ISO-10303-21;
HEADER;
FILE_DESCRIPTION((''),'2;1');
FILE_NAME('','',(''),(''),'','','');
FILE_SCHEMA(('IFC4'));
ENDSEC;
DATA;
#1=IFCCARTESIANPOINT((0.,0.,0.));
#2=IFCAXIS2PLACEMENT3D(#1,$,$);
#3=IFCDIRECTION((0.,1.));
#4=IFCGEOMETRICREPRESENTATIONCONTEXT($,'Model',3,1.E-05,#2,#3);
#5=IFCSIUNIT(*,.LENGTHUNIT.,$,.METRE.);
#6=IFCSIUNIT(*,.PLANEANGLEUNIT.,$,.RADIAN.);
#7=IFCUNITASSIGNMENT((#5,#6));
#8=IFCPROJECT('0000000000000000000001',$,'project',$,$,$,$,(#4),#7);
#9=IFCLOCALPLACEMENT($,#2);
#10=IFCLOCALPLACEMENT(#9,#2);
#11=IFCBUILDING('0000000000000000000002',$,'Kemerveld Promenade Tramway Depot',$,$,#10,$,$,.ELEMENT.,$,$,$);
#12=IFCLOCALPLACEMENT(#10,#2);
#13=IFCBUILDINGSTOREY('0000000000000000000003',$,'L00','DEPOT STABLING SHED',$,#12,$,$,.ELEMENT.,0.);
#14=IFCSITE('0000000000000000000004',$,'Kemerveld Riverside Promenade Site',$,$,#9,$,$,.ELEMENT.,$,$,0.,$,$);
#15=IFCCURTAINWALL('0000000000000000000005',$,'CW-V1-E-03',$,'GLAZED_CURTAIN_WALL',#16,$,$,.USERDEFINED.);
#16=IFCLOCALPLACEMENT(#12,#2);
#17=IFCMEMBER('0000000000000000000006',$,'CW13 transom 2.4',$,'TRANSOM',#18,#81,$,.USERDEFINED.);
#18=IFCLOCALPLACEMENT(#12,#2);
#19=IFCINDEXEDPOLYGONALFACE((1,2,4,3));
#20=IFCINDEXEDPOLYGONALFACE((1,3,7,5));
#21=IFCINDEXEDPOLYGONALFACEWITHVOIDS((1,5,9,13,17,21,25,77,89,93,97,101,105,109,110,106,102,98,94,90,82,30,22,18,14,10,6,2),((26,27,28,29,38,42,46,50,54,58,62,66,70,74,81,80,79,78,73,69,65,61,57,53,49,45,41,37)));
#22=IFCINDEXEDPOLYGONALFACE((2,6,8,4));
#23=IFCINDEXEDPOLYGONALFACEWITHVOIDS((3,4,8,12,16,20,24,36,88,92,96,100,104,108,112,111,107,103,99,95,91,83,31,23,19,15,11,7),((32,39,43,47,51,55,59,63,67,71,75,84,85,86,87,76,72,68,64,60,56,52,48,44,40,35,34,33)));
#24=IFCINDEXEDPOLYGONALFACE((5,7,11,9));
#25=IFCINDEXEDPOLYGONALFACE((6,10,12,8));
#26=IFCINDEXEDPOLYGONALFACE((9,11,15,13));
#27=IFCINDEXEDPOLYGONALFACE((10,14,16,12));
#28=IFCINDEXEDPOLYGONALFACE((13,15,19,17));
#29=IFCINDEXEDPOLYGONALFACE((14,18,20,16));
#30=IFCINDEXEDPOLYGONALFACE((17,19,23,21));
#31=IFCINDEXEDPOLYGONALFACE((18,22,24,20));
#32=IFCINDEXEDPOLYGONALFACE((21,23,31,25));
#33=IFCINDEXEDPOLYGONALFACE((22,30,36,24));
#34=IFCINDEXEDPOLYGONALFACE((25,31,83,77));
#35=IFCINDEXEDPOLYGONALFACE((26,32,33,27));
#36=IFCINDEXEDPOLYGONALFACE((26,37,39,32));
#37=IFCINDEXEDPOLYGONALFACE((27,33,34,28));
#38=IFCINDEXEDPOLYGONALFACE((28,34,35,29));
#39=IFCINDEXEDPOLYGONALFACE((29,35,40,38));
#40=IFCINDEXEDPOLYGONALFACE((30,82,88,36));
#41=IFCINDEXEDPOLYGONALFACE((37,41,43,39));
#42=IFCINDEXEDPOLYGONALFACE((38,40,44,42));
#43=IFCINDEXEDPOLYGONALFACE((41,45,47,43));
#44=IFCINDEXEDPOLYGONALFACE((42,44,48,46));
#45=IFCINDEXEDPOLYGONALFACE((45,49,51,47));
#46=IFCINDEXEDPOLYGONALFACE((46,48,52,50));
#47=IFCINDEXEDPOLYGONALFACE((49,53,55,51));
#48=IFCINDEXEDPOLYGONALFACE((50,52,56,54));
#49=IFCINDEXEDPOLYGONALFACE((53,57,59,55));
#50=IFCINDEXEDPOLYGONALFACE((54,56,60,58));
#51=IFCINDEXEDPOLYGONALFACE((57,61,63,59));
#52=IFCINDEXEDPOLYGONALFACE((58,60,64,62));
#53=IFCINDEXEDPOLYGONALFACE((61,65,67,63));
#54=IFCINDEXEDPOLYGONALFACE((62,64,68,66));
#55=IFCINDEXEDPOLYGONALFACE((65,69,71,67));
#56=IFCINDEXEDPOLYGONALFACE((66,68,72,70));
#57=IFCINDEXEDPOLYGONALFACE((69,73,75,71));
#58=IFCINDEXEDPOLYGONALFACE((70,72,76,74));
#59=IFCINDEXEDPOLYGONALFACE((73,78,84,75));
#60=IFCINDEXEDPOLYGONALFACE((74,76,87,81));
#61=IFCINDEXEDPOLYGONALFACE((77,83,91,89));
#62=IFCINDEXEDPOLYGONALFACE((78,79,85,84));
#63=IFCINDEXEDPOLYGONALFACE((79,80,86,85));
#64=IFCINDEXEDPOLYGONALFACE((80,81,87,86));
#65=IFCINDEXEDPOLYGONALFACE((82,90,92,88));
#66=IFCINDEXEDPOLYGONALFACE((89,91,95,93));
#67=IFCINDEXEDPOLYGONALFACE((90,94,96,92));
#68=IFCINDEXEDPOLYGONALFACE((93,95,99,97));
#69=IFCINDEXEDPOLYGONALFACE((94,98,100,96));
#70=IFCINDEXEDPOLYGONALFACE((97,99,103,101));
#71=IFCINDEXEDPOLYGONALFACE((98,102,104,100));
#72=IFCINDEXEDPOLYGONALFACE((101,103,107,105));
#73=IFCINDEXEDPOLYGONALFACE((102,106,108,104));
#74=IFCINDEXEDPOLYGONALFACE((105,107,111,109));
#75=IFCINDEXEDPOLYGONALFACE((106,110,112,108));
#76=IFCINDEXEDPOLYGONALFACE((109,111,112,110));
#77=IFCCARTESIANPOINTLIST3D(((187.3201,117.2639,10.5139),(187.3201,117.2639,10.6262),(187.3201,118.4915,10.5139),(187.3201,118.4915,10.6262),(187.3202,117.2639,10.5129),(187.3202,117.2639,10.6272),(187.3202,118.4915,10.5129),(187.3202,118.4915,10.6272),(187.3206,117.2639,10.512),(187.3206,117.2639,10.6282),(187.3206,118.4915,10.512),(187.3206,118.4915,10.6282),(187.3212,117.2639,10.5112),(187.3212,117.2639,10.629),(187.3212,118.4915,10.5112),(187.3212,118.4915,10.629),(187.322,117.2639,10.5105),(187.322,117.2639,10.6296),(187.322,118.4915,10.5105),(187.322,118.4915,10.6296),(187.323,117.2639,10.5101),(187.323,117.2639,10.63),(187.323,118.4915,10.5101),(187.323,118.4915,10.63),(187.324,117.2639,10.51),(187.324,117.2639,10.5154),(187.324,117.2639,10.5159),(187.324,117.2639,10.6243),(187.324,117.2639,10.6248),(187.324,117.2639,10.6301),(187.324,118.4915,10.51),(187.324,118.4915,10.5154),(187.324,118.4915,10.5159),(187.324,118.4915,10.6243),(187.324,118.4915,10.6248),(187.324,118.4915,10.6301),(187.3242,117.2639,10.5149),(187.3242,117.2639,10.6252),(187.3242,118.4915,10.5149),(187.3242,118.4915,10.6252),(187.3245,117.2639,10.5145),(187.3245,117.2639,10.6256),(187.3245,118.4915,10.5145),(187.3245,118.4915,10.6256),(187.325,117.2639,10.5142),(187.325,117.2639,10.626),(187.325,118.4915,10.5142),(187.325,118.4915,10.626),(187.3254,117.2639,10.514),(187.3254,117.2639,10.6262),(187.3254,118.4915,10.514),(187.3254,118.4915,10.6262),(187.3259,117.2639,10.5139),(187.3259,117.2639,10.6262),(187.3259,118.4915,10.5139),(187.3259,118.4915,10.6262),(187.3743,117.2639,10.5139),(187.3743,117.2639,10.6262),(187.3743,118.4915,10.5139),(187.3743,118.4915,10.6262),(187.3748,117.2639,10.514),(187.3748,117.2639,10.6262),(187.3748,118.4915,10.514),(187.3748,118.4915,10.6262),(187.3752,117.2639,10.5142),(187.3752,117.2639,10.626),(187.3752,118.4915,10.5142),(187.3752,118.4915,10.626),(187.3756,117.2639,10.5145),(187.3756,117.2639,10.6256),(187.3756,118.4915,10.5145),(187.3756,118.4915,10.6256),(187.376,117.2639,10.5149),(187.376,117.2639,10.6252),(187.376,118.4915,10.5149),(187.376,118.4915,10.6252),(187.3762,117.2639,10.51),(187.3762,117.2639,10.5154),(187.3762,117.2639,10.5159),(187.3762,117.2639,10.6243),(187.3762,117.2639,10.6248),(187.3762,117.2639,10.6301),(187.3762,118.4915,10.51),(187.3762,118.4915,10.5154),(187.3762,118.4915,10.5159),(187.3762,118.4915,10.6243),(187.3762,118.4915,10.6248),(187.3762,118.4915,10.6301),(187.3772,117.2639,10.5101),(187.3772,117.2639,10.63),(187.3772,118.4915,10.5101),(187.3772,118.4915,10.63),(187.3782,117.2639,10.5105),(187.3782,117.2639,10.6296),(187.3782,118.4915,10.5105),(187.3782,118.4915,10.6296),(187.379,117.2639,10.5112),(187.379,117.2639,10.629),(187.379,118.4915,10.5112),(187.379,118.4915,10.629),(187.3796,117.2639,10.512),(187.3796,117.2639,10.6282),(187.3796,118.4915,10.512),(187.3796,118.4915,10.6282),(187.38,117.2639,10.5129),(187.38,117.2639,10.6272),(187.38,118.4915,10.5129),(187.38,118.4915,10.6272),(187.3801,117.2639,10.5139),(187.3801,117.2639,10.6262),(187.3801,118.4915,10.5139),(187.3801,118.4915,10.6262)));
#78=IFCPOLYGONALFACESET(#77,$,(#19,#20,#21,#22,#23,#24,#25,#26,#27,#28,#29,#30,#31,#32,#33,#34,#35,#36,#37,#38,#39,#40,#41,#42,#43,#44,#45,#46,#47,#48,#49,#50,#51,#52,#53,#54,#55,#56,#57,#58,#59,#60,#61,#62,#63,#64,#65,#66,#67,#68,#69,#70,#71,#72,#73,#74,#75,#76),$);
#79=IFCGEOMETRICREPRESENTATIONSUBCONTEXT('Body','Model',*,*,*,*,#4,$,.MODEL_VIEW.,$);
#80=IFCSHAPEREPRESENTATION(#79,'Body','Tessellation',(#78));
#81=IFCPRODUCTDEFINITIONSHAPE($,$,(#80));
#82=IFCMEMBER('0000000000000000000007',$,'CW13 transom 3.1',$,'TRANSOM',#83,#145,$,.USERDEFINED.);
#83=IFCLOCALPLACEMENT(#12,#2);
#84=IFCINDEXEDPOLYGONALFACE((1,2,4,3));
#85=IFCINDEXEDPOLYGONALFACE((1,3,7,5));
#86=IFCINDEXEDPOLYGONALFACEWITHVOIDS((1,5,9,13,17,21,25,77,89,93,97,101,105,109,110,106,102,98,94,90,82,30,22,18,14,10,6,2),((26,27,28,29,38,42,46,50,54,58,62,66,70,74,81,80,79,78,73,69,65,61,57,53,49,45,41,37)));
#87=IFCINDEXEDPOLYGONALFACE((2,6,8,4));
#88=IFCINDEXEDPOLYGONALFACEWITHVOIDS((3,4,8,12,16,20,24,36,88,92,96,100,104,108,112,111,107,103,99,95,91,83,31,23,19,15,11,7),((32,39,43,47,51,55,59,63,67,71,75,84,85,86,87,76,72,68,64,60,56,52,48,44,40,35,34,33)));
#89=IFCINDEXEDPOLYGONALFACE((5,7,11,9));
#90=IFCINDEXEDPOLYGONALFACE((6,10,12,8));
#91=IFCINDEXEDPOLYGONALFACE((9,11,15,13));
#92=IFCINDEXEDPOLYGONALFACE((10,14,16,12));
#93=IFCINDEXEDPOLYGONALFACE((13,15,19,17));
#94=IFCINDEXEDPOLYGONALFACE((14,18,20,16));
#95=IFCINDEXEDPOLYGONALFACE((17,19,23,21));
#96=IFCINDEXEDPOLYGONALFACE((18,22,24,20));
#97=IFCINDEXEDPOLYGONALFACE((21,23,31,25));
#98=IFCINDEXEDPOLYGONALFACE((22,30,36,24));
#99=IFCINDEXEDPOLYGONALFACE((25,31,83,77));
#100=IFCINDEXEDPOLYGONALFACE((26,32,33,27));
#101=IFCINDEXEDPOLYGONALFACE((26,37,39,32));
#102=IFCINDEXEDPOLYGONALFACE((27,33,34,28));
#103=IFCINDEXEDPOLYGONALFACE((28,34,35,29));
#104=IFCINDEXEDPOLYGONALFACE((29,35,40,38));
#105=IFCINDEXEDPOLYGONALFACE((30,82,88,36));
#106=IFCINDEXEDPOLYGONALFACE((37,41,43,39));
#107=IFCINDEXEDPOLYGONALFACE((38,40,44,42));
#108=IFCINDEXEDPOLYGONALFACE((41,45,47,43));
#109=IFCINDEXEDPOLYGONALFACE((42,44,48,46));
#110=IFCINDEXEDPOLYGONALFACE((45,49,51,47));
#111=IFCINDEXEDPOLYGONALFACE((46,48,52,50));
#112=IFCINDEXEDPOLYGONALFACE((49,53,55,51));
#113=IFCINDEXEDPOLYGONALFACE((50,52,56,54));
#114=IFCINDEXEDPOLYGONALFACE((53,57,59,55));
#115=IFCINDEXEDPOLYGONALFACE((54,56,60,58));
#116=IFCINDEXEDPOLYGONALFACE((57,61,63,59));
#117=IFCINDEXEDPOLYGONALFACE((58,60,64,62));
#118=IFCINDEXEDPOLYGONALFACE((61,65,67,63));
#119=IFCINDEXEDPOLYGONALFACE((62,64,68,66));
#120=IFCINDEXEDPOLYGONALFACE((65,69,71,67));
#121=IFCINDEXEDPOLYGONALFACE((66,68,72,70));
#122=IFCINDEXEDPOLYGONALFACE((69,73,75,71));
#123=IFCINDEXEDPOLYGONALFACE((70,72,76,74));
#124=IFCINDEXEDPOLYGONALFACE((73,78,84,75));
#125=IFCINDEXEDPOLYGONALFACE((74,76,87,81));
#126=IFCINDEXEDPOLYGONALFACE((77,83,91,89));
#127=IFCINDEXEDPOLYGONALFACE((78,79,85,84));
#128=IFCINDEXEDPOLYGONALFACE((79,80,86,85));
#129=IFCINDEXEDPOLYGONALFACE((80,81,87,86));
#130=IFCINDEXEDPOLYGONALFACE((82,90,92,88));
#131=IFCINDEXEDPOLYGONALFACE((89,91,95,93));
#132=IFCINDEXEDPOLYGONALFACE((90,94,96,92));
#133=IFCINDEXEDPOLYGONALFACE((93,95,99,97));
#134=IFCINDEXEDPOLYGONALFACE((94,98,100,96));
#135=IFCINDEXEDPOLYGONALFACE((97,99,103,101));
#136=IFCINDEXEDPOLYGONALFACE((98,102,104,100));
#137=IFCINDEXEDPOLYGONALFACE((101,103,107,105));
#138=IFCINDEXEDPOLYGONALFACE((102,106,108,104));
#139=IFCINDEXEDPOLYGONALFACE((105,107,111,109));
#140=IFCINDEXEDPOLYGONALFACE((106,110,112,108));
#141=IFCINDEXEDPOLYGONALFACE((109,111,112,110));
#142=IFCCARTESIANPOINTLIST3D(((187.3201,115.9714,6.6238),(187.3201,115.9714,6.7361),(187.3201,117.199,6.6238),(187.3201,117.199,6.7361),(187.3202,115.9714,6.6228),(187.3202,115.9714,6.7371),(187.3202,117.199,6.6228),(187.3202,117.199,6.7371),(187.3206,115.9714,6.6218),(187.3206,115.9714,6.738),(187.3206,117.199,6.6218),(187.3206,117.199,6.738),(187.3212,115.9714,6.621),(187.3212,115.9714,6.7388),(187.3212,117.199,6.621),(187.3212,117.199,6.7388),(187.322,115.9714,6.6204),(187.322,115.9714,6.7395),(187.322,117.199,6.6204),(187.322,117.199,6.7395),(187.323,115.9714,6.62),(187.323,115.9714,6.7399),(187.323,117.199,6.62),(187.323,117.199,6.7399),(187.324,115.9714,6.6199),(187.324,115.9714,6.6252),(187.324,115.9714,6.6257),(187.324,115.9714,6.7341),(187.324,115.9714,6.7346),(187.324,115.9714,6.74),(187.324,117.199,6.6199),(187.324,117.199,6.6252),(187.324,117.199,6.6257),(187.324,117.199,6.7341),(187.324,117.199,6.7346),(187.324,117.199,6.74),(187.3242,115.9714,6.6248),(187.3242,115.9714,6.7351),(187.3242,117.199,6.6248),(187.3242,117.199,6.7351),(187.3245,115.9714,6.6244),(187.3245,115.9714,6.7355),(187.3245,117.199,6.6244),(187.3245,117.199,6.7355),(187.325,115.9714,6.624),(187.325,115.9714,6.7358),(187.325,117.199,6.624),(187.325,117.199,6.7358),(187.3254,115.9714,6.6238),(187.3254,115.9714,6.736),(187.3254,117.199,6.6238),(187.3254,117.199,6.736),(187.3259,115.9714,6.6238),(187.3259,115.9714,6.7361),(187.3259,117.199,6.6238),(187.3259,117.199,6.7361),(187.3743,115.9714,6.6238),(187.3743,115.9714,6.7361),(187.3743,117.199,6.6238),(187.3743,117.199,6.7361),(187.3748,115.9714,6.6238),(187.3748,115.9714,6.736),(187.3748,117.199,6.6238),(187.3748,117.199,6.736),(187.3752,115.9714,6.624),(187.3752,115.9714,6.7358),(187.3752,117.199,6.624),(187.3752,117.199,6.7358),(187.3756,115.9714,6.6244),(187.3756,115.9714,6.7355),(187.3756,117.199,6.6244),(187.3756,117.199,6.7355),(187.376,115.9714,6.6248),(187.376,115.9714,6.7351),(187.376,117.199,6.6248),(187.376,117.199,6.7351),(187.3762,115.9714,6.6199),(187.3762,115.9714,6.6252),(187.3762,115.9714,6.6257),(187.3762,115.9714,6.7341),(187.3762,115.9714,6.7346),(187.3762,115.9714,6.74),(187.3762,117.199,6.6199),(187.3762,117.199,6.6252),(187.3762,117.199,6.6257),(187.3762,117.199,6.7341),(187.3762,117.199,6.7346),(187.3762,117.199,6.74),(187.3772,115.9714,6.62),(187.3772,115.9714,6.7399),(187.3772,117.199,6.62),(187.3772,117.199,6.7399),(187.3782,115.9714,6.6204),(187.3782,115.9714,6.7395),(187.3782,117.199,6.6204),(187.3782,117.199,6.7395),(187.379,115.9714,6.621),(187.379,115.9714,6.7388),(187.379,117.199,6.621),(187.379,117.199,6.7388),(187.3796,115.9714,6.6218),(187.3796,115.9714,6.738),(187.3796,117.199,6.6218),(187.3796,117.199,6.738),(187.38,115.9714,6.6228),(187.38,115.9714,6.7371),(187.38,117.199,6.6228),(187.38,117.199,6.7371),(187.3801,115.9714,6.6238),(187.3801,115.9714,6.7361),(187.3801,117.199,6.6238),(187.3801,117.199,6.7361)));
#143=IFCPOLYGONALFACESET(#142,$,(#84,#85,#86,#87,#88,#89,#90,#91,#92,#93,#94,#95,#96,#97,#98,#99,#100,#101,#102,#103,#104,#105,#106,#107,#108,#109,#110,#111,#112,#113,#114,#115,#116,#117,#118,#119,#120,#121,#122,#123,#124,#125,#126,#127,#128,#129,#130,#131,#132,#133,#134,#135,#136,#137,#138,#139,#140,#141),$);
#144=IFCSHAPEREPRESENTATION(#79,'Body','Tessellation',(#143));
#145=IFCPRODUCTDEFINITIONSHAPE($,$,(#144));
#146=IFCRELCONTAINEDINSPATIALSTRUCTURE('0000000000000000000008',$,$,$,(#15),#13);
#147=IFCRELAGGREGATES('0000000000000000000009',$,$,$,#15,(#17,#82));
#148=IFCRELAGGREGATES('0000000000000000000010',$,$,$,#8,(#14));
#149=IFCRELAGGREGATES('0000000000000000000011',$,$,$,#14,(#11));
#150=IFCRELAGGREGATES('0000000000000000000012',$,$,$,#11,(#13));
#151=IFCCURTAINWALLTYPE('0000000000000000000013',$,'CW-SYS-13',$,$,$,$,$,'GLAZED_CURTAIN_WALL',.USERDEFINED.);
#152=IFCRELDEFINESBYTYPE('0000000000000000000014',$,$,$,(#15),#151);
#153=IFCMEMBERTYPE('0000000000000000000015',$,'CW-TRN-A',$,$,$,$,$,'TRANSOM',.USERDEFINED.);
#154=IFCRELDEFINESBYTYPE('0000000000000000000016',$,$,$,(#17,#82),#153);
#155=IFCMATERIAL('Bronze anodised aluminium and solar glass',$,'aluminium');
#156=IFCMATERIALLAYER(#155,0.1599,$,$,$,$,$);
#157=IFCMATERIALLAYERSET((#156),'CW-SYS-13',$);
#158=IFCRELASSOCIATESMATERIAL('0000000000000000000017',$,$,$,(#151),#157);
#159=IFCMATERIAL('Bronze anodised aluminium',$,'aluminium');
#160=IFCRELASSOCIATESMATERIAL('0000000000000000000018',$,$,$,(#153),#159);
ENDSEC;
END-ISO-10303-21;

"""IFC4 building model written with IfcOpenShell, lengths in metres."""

from ifc_helpers import new_model, si_unit, direction, frame, origin, origin_2d, place, context, subcontext, project, spatial, hollow_rectangle, extrude, material, layer, layer_set, material_profile, profile_set, type_object, element, aggregate, save


model = new_model("IFC4")

# Units and contexts
model_context = context("Model", 3, precision=1e-05, world=origin(), true_north=direction((0.0, 1.0)))
body_context = subcontext(model_context, "Body", "Model", "MODEL_VIEW")
ifc_project = project(units=[si_unit("LENGTHUNIT", "METRE"), si_unit("PLANEANGLEUNIT", "RADIAN")], contexts=[model_context])

# Site, building, storey
site_placement = place(None, origin())
site = spatial("IfcSite", under=ifc_project, at=site_placement, Name="Kemerveld Riverside Promenade Site", CompositionType="ELEMENT", RefElevation=0.0)
building_placement = place(site_placement, origin())
building = spatial("IfcBuilding", under=site, at=building_placement, Name="Kemerveld Promenade Tramway Depot", CompositionType="ELEMENT")
storey_placement = place(building_placement, origin())
storey = spatial("IfcBuildingStorey", under=building, at=storey_placement, Name="L00", Description="DEPOT STABLING SHED", CompositionType="ELEMENT", Elevation=0.0)

# Curtain wall, members
ifc_material_1 = material(Name="Bronze anodised aluminium and solar glass", Category="aluminium")
ifc_layer_1 = layer(ifc_material_1, 0.1599)
ifc_layer_set_1 = layer_set([ifc_layer_1], Name="CW-SYS-13")
curtain_wall_type = type_object("IfcCurtainWallType", Name="CW-SYS-13", ElementType="GLAZED_CURTAIN_WALL", PredefinedType="USERDEFINED", material=ifc_layer_set_1)
curtain_wall_placement = place(storey_placement, origin())
curtain_wall = element("IfcCurtainWall", 1, at=curtain_wall_placement, inside=storey, type_object=curtain_wall_type, Name="CW-V1-E-03", ObjectType="GLAZED_CURTAIN_WALL", PredefinedType="USERDEFINED")
ifc_material_2 = material(Name="Bronze anodised aluminium", Category="aluminium")
ifc_material_profile_1 = material_profile(ifc_material_2, hollow_rectangle(XDim=0.0601, YDim=0.1201, WallThickness=0.0039, InnerFilletRadius=0.002, OuterFilletRadius=0.0039, at=origin_2d()), Name="CW-TRN-120x60")
ifc_profile_set_1 = profile_set([ifc_material_profile_1], Name="Bronze anodised aluminium")
member_type_1 = type_object("IfcMemberType", Name="CW-TRN-A", ElementType="TRANSOM", PredefinedType="USERDEFINED", material=ifc_profile_set_1)
member_1_placement = place(storey_placement, frame((187.3501, 118.4915, 10.5701), z_axis=(0.0, -1.0, 0.0), x_axis=(1.0, 0.0, 0.0)))
member_1 = element("IfcMember", 2, at=member_1_placement, type_object=member_type_1, Name="CW13 transom 2.4", ObjectType="TRANSOM", PredefinedType="USERDEFINED", context=body_context, shape_type="SweptSolid", body=[
    extrude(hollow_rectangle(XDim=0.0601, YDim=0.1201, WallThickness=0.0039, InnerFilletRadius=0.002, OuterFilletRadius=0.0039, at=origin_2d()), origin(), (0.0, 0.0, 1.0), 1.2275),
])
member_2_placement = place(storey_placement, frame((187.3501, 117.199, 6.6799), z_axis=(0.0, -1.0, 0.0), x_axis=(1.0, 0.0, 0.0)))
member_2 = element("IfcMember", 3, at=member_2_placement, type_object=member_type_1, Name="CW13 transom 3.1", ObjectType="TRANSOM", PredefinedType="USERDEFINED", context=body_context, shape_type="SweptSolid", body=[
    extrude(hollow_rectangle(XDim=0.0601, YDim=0.1201, WallThickness=0.0039, InnerFilletRadius=0.002, OuterFilletRadius=0.0039, at=origin_2d()), origin(), (0.0, 0.0, 1.0), 1.2275),
])
aggregate(curtain_wall, [member_1, member_2])

save(model, "model.ifc")
